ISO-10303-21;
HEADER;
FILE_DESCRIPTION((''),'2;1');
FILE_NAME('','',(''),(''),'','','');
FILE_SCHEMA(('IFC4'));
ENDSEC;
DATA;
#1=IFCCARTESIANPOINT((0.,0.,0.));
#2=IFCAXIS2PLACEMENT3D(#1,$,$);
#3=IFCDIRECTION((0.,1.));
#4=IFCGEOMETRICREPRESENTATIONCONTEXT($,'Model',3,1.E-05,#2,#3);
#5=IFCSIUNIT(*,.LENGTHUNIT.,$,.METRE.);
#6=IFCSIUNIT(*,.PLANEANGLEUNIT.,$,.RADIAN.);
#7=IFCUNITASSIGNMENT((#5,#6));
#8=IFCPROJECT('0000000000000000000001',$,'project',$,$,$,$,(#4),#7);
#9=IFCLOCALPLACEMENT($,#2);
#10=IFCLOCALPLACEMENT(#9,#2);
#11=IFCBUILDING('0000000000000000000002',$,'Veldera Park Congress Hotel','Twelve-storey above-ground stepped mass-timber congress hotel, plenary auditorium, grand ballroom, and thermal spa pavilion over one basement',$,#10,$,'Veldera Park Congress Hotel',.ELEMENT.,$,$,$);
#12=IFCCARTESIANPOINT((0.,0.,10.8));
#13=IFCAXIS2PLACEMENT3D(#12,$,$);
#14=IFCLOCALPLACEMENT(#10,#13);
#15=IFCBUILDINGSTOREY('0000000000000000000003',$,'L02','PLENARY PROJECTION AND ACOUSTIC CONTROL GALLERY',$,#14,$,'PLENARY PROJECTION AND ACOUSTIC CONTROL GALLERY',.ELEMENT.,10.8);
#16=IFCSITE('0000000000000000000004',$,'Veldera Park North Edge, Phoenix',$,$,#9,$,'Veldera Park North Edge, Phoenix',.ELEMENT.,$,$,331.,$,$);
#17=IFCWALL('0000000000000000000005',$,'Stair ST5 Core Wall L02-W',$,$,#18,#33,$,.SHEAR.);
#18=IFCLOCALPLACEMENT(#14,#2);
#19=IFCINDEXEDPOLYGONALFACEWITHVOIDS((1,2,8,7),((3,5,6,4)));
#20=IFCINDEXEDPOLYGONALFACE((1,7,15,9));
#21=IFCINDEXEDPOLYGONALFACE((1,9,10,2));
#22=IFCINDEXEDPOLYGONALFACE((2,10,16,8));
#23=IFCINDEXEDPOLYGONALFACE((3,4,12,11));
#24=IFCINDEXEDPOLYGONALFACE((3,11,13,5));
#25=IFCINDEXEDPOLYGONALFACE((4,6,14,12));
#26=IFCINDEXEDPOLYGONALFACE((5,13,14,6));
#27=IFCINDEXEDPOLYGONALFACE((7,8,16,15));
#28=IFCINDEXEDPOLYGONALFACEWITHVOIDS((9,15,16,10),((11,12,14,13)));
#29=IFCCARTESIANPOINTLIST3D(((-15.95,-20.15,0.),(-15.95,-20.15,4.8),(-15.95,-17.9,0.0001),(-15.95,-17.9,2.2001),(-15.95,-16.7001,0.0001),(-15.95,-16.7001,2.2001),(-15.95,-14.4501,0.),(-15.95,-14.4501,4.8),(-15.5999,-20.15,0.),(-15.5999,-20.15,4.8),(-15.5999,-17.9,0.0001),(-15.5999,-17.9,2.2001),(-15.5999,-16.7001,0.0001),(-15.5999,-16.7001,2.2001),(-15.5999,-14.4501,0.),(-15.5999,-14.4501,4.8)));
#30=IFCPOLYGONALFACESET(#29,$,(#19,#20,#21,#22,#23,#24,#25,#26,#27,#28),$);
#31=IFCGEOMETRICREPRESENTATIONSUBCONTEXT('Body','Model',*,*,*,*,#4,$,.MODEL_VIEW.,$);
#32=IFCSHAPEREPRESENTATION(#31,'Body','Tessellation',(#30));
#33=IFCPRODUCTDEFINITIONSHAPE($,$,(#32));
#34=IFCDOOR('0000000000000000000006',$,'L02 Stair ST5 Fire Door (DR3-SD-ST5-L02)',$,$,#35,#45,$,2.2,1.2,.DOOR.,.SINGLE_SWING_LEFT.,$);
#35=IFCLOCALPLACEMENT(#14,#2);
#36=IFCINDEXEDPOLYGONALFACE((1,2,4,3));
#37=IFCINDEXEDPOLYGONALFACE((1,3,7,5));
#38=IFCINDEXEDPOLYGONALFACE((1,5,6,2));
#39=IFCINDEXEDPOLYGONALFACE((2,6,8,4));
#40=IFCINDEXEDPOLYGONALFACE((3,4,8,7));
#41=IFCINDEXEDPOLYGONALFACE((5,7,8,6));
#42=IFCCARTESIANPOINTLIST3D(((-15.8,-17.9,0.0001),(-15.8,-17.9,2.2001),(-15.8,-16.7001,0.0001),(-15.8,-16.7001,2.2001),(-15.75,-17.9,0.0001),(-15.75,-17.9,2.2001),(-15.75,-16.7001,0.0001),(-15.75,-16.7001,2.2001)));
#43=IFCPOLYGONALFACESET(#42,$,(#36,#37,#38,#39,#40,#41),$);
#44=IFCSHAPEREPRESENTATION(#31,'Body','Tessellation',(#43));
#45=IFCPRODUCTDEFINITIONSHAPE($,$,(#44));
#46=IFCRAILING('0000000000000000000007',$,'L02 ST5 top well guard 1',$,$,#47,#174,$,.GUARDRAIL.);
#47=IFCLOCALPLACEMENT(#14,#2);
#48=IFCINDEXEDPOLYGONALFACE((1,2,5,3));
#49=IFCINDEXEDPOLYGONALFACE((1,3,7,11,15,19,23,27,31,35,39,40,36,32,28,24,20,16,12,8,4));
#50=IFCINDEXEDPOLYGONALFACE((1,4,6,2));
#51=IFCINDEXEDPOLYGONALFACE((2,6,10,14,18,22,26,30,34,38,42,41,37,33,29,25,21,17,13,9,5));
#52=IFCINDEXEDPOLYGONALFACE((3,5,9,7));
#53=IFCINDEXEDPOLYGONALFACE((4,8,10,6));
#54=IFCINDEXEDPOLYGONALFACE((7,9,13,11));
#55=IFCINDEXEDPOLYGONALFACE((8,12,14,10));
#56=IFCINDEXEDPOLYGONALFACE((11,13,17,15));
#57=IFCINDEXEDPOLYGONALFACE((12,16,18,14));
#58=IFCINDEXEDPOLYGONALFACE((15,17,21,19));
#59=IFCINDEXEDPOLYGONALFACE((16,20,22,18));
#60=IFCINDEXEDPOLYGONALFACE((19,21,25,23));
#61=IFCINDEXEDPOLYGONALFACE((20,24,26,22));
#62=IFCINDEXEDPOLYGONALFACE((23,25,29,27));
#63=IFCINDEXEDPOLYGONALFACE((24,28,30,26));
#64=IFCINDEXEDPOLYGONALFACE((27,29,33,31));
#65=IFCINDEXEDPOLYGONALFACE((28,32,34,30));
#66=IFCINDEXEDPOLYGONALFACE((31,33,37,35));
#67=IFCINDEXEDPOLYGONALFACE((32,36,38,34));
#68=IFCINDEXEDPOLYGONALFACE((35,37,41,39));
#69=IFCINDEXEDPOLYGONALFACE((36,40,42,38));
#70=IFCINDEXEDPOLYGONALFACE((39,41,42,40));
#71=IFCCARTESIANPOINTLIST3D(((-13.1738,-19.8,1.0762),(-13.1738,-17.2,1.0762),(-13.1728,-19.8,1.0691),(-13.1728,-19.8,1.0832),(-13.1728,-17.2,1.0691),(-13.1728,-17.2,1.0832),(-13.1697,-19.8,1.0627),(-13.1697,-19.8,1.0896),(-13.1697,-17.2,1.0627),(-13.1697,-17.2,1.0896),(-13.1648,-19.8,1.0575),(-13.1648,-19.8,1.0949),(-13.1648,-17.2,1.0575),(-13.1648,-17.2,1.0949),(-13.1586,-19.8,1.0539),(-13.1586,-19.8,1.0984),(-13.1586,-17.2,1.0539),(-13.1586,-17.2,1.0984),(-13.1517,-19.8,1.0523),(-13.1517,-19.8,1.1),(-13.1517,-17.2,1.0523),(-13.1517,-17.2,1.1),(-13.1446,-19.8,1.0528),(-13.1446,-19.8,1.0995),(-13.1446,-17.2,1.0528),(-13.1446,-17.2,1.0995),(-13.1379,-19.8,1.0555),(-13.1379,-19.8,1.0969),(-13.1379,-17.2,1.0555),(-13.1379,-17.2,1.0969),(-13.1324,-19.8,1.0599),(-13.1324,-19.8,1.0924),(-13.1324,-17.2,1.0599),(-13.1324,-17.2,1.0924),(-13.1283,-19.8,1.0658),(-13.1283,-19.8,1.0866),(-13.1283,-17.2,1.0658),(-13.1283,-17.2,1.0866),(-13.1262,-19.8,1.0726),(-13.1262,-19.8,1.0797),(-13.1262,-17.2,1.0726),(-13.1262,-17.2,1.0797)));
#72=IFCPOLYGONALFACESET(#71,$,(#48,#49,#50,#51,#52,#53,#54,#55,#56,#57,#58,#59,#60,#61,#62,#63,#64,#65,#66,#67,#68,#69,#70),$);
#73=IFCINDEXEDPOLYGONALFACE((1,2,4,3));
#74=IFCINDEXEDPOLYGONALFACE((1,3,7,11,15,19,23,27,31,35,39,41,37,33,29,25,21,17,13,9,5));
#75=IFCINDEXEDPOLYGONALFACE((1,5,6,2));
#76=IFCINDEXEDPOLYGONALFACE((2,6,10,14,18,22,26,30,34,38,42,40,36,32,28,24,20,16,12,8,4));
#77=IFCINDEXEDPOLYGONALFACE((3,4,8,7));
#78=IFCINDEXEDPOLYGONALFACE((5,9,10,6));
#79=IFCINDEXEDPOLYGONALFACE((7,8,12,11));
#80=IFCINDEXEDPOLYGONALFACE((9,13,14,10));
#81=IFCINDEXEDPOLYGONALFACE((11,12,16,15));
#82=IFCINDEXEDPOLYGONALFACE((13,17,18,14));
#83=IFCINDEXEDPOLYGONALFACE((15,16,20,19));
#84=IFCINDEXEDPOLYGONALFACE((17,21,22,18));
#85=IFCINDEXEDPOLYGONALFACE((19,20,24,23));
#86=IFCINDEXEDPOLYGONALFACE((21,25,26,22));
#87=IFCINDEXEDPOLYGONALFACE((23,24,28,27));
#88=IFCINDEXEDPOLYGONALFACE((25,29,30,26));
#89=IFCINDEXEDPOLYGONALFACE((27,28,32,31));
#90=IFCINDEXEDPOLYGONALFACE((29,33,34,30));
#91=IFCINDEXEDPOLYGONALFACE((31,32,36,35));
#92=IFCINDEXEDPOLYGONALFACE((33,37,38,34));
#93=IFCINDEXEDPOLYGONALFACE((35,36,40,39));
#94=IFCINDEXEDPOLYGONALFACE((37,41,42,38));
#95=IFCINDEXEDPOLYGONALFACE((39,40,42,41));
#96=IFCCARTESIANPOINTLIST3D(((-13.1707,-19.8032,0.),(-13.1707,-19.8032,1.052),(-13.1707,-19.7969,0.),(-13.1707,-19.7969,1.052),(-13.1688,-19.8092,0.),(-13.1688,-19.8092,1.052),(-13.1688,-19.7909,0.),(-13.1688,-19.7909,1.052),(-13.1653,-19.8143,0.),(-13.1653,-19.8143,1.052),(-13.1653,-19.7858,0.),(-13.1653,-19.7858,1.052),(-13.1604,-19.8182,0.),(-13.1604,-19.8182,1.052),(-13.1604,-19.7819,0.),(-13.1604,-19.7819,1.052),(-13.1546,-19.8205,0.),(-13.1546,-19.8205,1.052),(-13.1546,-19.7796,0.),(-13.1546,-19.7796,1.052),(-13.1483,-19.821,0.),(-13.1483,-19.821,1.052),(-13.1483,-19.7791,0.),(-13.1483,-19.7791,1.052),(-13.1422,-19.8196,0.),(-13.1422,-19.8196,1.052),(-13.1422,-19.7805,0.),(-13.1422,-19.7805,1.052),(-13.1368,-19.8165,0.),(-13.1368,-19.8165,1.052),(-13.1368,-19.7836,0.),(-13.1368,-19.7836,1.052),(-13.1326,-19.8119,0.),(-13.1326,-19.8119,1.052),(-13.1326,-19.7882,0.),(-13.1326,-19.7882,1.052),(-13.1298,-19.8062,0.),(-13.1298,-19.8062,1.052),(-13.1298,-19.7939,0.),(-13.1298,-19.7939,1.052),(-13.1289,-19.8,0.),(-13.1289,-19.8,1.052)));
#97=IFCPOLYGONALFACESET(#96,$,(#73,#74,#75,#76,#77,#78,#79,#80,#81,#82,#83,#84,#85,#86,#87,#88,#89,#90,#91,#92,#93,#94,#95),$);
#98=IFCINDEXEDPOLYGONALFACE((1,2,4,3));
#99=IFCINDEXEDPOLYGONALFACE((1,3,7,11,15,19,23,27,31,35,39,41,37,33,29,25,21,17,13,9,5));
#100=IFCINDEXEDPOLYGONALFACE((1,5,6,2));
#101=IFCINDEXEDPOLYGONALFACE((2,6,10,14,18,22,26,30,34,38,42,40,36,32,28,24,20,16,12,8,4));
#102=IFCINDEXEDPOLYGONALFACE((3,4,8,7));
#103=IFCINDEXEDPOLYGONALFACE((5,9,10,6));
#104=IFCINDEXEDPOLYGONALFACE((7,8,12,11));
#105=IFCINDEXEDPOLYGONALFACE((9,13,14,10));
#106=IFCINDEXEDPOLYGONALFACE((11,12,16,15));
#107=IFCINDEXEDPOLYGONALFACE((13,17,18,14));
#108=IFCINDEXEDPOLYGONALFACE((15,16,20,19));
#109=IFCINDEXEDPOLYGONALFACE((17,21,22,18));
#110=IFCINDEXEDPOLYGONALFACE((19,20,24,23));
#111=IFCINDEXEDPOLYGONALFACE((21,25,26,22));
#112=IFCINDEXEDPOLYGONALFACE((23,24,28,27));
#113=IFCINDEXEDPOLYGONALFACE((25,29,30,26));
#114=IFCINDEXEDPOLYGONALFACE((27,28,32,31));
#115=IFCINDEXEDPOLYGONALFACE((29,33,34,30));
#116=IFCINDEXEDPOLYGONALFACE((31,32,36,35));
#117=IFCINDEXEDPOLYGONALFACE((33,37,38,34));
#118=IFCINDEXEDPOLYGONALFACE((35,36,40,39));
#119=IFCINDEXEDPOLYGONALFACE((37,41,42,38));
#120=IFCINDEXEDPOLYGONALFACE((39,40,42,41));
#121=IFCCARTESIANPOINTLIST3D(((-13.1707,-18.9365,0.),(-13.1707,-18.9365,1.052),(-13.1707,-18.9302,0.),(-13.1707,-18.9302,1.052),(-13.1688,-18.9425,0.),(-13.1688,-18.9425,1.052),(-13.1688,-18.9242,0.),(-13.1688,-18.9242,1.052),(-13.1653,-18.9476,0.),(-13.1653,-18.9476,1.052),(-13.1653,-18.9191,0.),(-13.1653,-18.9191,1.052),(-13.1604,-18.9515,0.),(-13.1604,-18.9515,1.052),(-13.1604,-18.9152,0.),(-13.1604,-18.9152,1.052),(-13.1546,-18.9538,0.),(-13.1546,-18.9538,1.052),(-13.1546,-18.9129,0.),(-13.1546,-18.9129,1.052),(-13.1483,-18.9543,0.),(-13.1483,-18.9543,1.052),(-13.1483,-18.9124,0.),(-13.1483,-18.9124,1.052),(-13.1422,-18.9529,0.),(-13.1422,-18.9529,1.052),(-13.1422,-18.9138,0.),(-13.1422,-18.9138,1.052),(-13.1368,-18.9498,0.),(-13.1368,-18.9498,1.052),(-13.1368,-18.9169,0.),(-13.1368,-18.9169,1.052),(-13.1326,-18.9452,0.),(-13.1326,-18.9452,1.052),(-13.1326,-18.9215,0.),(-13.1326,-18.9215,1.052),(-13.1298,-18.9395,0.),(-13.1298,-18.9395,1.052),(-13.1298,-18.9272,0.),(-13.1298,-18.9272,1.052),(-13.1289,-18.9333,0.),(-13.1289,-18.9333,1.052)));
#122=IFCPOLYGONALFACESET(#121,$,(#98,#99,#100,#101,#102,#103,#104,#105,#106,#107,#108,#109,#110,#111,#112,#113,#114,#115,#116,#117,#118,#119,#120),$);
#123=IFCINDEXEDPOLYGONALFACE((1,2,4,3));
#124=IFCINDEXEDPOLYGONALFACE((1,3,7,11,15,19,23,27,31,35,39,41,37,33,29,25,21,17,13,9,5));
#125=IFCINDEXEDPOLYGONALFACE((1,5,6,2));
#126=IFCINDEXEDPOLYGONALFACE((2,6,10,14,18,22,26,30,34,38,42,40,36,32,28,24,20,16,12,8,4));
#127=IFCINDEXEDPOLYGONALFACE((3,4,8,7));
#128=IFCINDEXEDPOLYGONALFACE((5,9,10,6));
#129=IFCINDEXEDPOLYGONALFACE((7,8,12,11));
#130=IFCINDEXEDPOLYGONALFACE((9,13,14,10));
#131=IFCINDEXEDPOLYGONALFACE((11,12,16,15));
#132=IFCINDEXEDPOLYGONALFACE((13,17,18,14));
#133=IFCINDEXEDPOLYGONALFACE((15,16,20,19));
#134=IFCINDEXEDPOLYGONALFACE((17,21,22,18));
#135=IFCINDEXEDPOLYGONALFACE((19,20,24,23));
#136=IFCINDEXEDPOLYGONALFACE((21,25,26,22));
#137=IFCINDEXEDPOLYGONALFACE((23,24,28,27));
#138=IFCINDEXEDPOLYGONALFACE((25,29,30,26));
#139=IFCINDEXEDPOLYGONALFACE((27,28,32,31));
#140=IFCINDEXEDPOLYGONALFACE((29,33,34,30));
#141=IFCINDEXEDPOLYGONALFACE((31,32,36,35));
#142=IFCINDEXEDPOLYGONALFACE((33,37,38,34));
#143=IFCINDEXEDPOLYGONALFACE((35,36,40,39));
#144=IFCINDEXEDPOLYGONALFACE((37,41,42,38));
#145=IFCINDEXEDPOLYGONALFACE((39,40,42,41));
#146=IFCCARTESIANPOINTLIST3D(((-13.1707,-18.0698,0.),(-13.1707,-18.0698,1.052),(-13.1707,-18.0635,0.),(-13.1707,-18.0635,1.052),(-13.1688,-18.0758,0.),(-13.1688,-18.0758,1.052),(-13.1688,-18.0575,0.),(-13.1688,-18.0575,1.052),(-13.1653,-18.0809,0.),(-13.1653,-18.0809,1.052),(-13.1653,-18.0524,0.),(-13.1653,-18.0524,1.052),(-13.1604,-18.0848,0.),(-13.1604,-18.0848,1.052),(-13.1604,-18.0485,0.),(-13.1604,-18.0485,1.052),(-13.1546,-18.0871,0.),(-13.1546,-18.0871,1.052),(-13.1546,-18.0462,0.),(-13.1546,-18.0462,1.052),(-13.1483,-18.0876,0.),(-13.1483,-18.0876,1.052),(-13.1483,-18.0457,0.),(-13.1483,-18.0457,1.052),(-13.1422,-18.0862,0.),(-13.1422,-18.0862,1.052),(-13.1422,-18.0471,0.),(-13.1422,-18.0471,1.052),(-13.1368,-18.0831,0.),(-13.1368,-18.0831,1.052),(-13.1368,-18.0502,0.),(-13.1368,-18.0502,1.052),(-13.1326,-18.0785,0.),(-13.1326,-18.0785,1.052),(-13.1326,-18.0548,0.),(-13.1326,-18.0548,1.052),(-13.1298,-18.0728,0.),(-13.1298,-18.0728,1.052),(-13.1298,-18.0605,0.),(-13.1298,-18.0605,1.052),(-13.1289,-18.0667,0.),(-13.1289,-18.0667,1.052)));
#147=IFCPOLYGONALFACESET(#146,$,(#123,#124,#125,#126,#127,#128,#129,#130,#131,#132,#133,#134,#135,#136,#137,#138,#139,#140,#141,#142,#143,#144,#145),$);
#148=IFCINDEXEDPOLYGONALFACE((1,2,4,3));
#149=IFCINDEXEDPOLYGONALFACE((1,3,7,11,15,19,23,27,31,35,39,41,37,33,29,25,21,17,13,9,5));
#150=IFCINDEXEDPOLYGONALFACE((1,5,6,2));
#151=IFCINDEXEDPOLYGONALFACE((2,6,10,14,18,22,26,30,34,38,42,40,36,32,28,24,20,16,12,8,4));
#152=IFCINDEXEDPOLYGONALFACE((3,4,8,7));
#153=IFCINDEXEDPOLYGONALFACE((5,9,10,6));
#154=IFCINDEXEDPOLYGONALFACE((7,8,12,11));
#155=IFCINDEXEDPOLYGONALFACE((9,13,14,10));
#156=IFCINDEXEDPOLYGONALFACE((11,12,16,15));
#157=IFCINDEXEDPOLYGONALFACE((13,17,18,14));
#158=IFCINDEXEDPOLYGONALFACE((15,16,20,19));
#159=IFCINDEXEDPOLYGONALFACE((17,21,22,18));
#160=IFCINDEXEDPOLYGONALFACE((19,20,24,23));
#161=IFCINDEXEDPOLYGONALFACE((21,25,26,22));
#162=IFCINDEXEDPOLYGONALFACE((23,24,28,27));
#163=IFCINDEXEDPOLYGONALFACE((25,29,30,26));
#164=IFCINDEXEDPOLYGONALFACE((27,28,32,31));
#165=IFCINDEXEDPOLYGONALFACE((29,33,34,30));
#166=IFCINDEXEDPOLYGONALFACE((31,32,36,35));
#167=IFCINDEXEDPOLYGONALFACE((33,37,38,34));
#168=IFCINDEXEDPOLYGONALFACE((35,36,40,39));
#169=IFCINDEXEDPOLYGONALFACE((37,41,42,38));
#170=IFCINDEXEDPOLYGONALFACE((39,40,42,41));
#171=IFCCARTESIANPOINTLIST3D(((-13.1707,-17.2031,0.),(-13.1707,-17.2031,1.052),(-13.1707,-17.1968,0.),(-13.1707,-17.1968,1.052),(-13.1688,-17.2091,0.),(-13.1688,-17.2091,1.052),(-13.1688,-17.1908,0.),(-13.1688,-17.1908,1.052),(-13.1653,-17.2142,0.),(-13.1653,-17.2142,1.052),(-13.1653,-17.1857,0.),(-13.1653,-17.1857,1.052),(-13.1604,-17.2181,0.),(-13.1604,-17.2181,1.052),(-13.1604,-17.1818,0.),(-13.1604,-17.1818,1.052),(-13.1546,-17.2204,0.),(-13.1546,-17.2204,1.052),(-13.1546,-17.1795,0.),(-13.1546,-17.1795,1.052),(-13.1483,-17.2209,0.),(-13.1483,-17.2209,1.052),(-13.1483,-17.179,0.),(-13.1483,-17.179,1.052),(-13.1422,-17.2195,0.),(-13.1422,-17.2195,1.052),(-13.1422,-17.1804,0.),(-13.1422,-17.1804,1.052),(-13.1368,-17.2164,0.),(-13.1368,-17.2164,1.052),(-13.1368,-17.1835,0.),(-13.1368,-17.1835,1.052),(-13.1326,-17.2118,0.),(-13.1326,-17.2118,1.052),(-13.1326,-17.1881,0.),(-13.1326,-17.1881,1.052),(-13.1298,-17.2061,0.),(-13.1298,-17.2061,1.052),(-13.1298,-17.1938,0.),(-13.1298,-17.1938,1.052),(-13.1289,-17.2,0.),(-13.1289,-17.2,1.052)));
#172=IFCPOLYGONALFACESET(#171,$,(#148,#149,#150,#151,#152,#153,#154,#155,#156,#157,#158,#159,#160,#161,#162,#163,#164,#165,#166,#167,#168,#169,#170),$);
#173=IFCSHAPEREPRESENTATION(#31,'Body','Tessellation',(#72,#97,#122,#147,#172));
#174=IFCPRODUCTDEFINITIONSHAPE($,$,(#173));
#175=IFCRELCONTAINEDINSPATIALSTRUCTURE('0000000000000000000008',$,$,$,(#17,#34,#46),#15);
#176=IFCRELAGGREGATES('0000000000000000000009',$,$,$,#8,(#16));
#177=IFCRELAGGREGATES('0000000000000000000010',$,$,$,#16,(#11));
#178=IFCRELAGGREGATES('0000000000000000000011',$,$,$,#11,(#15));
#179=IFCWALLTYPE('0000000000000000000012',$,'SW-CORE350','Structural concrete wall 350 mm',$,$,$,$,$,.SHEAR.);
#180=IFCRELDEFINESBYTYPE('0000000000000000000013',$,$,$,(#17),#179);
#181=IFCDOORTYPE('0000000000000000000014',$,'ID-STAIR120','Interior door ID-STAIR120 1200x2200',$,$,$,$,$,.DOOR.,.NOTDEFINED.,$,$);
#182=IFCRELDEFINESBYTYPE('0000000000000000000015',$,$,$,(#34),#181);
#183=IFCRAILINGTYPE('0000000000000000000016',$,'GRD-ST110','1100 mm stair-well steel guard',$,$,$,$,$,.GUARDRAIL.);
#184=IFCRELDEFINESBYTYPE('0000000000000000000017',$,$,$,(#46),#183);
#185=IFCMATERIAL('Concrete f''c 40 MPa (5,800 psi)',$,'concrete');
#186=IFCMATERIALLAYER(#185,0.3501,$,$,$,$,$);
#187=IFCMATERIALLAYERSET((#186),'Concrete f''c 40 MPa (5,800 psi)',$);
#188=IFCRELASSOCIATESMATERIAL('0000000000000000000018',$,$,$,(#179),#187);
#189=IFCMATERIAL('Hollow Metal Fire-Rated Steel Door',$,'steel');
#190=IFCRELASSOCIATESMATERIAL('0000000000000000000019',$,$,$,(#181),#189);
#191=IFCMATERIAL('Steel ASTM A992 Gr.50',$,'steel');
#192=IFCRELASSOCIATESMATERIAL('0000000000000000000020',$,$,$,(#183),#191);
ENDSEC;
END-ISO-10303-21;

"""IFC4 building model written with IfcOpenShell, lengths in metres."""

from ifc_helpers import new_model, si_unit, direction, frame, frame_2d, origin, origin_2d, place, context, subcontext, project, spatial, rectangle, circle, extrude, material, layer, layer_set, type_object, element, fill, save


model = new_model("IFC4")

# Units and contexts
model_context = context("Model", 3, precision=1e-05, world=origin(), true_north=direction((0.0, 1.0)))
body_context = subcontext(model_context, "Body", "Model", "MODEL_VIEW")
ifc_project = project(units=[si_unit("LENGTHUNIT", "METRE"), si_unit("PLANEANGLEUNIT", "RADIAN")], contexts=[model_context])

# Site, building, storey
site_placement = place(None, origin())
site = spatial("IfcSite", under=ifc_project, at=site_placement, Name="Veldera Park North Edge, Phoenix", LongName="Veldera Park North Edge, Phoenix", CompositionType="ELEMENT", RefElevation=331.0)
building_placement = place(site_placement, origin())
building = spatial("IfcBuilding", under=site, at=building_placement, Name="Veldera Park Congress Hotel", Description="Twelve-storey above-ground stepped mass-timber congress hotel, plenary auditorium, grand ballroom, and thermal spa pavilion over one basement", LongName="Veldera Park Congress Hotel", CompositionType="ELEMENT")
storey_placement = place(building_placement, frame((0.0, 0.0, 10.8)))
storey = spatial("IfcBuildingStorey", under=building, at=storey_placement, Name="L02", Description="PLENARY PROJECTION AND ACOUSTIC CONTROL GALLERY", LongName="PLENARY PROJECTION AND ACOUSTIC CONTROL GALLERY", CompositionType="ELEMENT", Elevation=10.8)

# Shared definitions
ifc_material_1 = material(Name="Steel ASTM A992 Gr.50", Category="steel")

# Shared definitions
ifc_material_2 = material(Name="Concrete f'c 40 MPa (5,800 psi)", Category="concrete")
ifc_layer_1 = layer(ifc_material_2, 0.3501)
ifc_layer_set_1 = layer_set([ifc_layer_1], Name="Concrete f'c 40 MPa (5,800 psi)")
wall_type = type_object("IfcWallType", Name="SW-CORE350", Description="Structural concrete wall 350 mm", PredefinedType="SHEAR", material=ifc_layer_set_1)

# Wall, opening, door
wall_1_placement = place(storey_placement, frame((-15.7749, -14.45, 0.0), z_axis=(0.0, 0.0, 1.0), x_axis=(0.0, -1.0, 0.0)))
wall_1 = element("IfcWall", 1, at=wall_1_placement, inside=storey, type_object=wall_type, Name="Stair ST5 Core Wall L02-W", PredefinedType="SHEAR", context=body_context, shape_type="SweptSolid", body=[
    extrude(rectangle(XDim=5.7, YDim=0.3501, at=frame_2d((2.8501, 0.0))), origin(), (0.0, 0.0, 1.0), 4.8),
])
opening_placement = place(wall_1_placement, frame((2.25, 0.0, 0.0)))
opening = element("IfcOpeningElement", 2, at=opening_placement, cuts=wall_1, PredefinedType="OPENING", context=body_context, shape_type="SweptSolid", body=[
    extrude(rectangle(XDim=1.2, YDim=2.2, at=frame_2d((0.6001, 1.1001))), frame((0.0, 0.187, 0.0), z_axis=(0.0, -1.0, 0.0), x_axis=(1.0, 0.0, 0.0)), (0.0, 0.0, 1.0), 0.374),
])
ifc_material_3 = material(Name="Hollow Metal Fire-Rated Steel Door", Category="steel")
door_type = type_object("IfcDoorType", Name="ID-STAIR120", Description="Interior door ID-STAIR120 1200x2200", OperationType="NOTDEFINED", PredefinedType="DOOR", material=ifc_material_3)
door_placement = place(opening_placement, origin())
door = element("IfcDoor", 3, at=door_placement, inside=storey, type_object=door_type, Name="L02 Stair ST5 Fire Door (DR3-SD-ST5-L02)", OperationType="SINGLE_SWING_LEFT", OverallHeight=2.2, OverallWidth=1.2, PredefinedType="DOOR", context=body_context, shape_type="SweptSolid", body=[
    extrude(rectangle(XDim=1.2, YDim=2.2, at=frame_2d((0.6001, 1.1001))), frame((0.0, 0.0249, 0.0), z_axis=(0.0, -1.0, 0.0), x_axis=(1.0, 0.0, 0.0)), (0.0, 0.0, 1.0), 0.05),
])
fill(opening, door)

# Railing
railing_type_1 = type_object("IfcRailingType", Name="GRD-ST110", Description="1100 mm stair-well steel guard", PredefinedType="GUARDRAIL", material=ifc_material_1)
railing_1_placement = place(storey_placement, frame((-13.1499, -19.8, 0.0)))
element("IfcRailing", 4, at=railing_1_placement, inside=storey, type_object=railing_type_1, Name="L02 ST5 top well guard 1", PredefinedType="GUARDRAIL", context=body_context, shape_type="SweptSolid", body=[
    extrude(circle(Radius=0.0239, at=origin_2d()), frame((0.0, 0.0, 1.0762), z_axis=(0.0, 1.0, 0.0), x_axis=(-1.0, 0.0, 0.0)), (0.0, 0.0, 1.0), 2.6001),
    extrude(circle(Radius=0.021, at=origin_2d()), origin(), (0.0, 0.0, 1.0), 1.052),
    extrude(circle(Radius=0.021, at=origin_2d()), frame((0.0, 0.8667, 0.0)), (0.0, 0.0, 1.0), 1.052),
    extrude(circle(Radius=0.021, at=origin_2d()), frame((0.0, 1.7334, 0.0)), (0.0, 0.0, 1.0), 1.052),
    extrude(circle(Radius=0.021, at=origin_2d()), frame((0.0, 2.6001, 0.0)), (0.0, 0.0, 1.0), 1.052),
])

save(model, "model.ifc")
